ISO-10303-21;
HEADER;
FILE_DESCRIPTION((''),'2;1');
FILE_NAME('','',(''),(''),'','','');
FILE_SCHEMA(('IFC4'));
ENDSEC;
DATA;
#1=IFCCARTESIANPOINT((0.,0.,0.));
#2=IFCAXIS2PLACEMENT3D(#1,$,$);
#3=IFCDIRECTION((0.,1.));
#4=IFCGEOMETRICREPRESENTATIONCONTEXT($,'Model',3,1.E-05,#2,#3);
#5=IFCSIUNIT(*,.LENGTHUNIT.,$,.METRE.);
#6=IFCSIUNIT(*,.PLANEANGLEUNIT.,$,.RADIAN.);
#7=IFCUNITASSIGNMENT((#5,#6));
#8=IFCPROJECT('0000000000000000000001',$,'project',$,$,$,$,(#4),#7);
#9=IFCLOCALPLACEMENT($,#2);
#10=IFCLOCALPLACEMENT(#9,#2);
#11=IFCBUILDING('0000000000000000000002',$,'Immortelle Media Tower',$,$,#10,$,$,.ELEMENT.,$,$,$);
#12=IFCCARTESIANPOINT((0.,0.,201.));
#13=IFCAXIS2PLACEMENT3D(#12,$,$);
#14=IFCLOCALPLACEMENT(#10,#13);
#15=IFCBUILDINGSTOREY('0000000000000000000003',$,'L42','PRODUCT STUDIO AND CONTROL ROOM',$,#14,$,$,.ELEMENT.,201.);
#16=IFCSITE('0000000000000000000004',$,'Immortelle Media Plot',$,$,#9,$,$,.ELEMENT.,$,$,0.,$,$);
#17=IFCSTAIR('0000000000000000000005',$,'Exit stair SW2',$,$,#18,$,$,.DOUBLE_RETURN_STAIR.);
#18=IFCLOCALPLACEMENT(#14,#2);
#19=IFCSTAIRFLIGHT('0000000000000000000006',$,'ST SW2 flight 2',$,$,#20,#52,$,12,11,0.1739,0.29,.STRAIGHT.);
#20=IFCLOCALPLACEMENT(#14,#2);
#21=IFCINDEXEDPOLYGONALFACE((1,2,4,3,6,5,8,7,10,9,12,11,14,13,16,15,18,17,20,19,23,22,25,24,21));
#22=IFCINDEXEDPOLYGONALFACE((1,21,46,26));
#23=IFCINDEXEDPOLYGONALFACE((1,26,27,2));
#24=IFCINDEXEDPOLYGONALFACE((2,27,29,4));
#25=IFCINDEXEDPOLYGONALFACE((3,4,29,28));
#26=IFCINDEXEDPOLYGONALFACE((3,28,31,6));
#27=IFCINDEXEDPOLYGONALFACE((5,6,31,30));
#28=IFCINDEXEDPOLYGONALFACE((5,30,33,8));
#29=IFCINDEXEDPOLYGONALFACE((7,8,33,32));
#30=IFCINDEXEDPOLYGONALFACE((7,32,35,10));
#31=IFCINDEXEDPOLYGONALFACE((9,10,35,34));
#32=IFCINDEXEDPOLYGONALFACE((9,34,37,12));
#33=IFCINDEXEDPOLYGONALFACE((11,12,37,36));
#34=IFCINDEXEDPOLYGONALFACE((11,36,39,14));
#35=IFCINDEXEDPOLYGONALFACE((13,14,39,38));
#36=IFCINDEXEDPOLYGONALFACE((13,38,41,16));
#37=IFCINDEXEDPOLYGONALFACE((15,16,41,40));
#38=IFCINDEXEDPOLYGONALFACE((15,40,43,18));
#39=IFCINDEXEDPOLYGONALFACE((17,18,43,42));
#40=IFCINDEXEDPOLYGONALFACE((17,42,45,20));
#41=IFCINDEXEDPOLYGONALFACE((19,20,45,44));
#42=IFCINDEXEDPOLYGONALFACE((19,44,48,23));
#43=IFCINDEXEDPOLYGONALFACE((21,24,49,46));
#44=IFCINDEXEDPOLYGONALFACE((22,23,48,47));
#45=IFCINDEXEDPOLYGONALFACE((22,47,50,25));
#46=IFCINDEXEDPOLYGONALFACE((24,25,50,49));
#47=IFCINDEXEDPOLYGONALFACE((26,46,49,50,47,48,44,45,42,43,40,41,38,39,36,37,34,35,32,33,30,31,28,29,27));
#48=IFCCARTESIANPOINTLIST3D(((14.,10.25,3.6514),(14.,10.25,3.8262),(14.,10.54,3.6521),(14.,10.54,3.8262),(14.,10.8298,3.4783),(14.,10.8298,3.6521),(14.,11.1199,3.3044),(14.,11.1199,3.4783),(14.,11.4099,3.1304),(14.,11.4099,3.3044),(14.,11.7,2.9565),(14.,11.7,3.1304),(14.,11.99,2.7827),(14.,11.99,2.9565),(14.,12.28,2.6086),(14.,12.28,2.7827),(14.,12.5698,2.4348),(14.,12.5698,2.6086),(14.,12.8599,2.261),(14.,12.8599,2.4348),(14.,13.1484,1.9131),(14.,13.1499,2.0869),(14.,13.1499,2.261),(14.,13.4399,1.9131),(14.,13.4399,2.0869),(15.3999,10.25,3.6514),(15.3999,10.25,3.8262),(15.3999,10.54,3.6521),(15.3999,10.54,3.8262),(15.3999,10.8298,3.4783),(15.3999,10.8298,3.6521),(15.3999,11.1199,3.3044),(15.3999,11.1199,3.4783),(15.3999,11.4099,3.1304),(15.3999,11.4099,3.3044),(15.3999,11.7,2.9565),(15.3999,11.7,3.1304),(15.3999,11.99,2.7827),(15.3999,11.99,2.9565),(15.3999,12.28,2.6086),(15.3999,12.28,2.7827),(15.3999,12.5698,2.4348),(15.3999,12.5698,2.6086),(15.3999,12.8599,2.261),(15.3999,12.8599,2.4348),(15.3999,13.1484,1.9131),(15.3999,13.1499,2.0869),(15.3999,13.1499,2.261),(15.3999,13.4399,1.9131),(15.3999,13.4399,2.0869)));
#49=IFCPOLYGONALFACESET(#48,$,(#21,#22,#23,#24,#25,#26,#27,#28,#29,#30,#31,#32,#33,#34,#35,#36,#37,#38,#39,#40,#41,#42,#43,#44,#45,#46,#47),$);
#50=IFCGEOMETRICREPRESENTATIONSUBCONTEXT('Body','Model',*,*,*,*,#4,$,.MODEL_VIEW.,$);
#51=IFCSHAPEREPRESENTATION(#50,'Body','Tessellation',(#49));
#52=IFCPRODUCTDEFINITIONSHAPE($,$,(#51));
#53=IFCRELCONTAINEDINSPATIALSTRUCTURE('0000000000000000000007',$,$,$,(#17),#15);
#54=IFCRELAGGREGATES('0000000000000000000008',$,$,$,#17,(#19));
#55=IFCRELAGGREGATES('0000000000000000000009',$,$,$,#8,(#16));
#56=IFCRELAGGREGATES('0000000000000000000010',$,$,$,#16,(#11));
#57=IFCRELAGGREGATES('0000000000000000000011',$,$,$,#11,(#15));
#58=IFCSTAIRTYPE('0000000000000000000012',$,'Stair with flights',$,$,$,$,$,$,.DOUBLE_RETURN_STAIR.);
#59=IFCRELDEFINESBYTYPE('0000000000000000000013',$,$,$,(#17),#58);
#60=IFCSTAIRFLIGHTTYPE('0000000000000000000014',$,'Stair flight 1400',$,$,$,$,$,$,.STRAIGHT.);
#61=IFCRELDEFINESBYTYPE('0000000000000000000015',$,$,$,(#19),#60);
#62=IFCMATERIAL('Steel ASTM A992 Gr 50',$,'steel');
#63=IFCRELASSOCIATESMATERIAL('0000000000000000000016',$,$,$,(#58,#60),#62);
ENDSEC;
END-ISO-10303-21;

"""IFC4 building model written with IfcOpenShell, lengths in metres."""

from ifc_helpers import new_model, si_unit, direction, frame, origin, place, context, subcontext, project, spatial, polyline, outline, extrude, material, type_object, element, aggregate, save


model = new_model("IFC4")

# Units and contexts
model_context = context("Model", 3, precision=1e-05, world=origin(), true_north=direction((0.0, 1.0)))
body_context = subcontext(model_context, "Body", "Model", "MODEL_VIEW")
ifc_project = project(units=[si_unit("LENGTHUNIT", "METRE"), si_unit("PLANEANGLEUNIT", "RADIAN")], contexts=[model_context])

# Site, building, storey
site_placement = place(None, origin())
site = spatial("IfcSite", under=ifc_project, at=site_placement, Name="Immortelle Media Plot", CompositionType="ELEMENT", RefElevation=0.0)
building_placement = place(site_placement, origin())
building = spatial("IfcBuilding", under=site, at=building_placement, Name="Immortelle Media Tower", CompositionType="ELEMENT")
storey_placement = place(building_placement, frame((0.0, 0.0, 201.0)))
storey = spatial("IfcBuildingStorey", under=building, at=storey_placement, Name="L42", Description="PRODUCT STUDIO AND CONTROL ROOM", CompositionType="ELEMENT", Elevation=201.0)

# Shared definitions
ifc_material_1 = material(Name="Steel ASTM A992 Gr 50", Category="steel")

# Stair, stair flight
stair_type = type_object("IfcStairType", Name="Stair with flights", PredefinedType="DOUBLE_RETURN_STAIR", material=ifc_material_1)
stair_flight_type = type_object("IfcStairFlightType", Name="Stair flight 1400", PredefinedType="STRAIGHT", material=ifc_material_1)
stair_1_placement = place(storey_placement, origin())
stair_1 = element("IfcStair", 1, at=stair_1_placement, inside=storey, type_object=stair_type, Name="Exit stair SW2", PredefinedType="DOUBLE_RETURN_STAIR")
stair_flight_1_placement = place(storey_placement, frame((14.7, 13.4399, 1.9131), z_axis=(0.0, 0.0, 1.0), x_axis=(0.0, -1.0, 0.0)))
stair_flight_1 = element("IfcStairFlight", 2, at=stair_flight_1_placement, type_object=stair_flight_type, Name="ST SW2 flight 2", NumberOfRisers=12, NumberOfTreads=11, PredefinedType="STRAIGHT", RiserHeight=0.1739, TreadLength=0.29, context=body_context, shape_type="SweptSolid", body=[
    extrude(outline(polyline([(0.0, 0.0), (0.0, 0.1738), (0.29, 0.1738), (0.29, 0.3479), (0.5801, 0.3479), (0.5801, 0.5217), (0.8701, 0.5217), (0.8701, 0.6956), (1.1599, 0.6956), (1.1599, 0.8696), (1.45, 0.8696), (1.45, 1.0435), (1.74, 1.0435), (1.74, 1.2173), (2.03, 1.2173), (2.03, 1.3914), (2.3201, 1.3914), (2.3201, 1.5652), (2.6101, 1.5652), (2.6101, 1.739), (2.8999, 1.739), (2.8999, 1.9131), (3.1899, 1.9131), (3.1899, 2.0869), (3.1899, 1.7383), (0.2915, 0.0), (0.0, 0.0)])), frame((0.0, 0.7, 0.0), z_axis=(0.0, -1.0, 0.0), x_axis=(1.0, 0.0, 0.0)), (0.0, 0.0, 1.0), 1.3999),
])
aggregate(stair_1, [stair_flight_1])

save(model, "model.ifc")
